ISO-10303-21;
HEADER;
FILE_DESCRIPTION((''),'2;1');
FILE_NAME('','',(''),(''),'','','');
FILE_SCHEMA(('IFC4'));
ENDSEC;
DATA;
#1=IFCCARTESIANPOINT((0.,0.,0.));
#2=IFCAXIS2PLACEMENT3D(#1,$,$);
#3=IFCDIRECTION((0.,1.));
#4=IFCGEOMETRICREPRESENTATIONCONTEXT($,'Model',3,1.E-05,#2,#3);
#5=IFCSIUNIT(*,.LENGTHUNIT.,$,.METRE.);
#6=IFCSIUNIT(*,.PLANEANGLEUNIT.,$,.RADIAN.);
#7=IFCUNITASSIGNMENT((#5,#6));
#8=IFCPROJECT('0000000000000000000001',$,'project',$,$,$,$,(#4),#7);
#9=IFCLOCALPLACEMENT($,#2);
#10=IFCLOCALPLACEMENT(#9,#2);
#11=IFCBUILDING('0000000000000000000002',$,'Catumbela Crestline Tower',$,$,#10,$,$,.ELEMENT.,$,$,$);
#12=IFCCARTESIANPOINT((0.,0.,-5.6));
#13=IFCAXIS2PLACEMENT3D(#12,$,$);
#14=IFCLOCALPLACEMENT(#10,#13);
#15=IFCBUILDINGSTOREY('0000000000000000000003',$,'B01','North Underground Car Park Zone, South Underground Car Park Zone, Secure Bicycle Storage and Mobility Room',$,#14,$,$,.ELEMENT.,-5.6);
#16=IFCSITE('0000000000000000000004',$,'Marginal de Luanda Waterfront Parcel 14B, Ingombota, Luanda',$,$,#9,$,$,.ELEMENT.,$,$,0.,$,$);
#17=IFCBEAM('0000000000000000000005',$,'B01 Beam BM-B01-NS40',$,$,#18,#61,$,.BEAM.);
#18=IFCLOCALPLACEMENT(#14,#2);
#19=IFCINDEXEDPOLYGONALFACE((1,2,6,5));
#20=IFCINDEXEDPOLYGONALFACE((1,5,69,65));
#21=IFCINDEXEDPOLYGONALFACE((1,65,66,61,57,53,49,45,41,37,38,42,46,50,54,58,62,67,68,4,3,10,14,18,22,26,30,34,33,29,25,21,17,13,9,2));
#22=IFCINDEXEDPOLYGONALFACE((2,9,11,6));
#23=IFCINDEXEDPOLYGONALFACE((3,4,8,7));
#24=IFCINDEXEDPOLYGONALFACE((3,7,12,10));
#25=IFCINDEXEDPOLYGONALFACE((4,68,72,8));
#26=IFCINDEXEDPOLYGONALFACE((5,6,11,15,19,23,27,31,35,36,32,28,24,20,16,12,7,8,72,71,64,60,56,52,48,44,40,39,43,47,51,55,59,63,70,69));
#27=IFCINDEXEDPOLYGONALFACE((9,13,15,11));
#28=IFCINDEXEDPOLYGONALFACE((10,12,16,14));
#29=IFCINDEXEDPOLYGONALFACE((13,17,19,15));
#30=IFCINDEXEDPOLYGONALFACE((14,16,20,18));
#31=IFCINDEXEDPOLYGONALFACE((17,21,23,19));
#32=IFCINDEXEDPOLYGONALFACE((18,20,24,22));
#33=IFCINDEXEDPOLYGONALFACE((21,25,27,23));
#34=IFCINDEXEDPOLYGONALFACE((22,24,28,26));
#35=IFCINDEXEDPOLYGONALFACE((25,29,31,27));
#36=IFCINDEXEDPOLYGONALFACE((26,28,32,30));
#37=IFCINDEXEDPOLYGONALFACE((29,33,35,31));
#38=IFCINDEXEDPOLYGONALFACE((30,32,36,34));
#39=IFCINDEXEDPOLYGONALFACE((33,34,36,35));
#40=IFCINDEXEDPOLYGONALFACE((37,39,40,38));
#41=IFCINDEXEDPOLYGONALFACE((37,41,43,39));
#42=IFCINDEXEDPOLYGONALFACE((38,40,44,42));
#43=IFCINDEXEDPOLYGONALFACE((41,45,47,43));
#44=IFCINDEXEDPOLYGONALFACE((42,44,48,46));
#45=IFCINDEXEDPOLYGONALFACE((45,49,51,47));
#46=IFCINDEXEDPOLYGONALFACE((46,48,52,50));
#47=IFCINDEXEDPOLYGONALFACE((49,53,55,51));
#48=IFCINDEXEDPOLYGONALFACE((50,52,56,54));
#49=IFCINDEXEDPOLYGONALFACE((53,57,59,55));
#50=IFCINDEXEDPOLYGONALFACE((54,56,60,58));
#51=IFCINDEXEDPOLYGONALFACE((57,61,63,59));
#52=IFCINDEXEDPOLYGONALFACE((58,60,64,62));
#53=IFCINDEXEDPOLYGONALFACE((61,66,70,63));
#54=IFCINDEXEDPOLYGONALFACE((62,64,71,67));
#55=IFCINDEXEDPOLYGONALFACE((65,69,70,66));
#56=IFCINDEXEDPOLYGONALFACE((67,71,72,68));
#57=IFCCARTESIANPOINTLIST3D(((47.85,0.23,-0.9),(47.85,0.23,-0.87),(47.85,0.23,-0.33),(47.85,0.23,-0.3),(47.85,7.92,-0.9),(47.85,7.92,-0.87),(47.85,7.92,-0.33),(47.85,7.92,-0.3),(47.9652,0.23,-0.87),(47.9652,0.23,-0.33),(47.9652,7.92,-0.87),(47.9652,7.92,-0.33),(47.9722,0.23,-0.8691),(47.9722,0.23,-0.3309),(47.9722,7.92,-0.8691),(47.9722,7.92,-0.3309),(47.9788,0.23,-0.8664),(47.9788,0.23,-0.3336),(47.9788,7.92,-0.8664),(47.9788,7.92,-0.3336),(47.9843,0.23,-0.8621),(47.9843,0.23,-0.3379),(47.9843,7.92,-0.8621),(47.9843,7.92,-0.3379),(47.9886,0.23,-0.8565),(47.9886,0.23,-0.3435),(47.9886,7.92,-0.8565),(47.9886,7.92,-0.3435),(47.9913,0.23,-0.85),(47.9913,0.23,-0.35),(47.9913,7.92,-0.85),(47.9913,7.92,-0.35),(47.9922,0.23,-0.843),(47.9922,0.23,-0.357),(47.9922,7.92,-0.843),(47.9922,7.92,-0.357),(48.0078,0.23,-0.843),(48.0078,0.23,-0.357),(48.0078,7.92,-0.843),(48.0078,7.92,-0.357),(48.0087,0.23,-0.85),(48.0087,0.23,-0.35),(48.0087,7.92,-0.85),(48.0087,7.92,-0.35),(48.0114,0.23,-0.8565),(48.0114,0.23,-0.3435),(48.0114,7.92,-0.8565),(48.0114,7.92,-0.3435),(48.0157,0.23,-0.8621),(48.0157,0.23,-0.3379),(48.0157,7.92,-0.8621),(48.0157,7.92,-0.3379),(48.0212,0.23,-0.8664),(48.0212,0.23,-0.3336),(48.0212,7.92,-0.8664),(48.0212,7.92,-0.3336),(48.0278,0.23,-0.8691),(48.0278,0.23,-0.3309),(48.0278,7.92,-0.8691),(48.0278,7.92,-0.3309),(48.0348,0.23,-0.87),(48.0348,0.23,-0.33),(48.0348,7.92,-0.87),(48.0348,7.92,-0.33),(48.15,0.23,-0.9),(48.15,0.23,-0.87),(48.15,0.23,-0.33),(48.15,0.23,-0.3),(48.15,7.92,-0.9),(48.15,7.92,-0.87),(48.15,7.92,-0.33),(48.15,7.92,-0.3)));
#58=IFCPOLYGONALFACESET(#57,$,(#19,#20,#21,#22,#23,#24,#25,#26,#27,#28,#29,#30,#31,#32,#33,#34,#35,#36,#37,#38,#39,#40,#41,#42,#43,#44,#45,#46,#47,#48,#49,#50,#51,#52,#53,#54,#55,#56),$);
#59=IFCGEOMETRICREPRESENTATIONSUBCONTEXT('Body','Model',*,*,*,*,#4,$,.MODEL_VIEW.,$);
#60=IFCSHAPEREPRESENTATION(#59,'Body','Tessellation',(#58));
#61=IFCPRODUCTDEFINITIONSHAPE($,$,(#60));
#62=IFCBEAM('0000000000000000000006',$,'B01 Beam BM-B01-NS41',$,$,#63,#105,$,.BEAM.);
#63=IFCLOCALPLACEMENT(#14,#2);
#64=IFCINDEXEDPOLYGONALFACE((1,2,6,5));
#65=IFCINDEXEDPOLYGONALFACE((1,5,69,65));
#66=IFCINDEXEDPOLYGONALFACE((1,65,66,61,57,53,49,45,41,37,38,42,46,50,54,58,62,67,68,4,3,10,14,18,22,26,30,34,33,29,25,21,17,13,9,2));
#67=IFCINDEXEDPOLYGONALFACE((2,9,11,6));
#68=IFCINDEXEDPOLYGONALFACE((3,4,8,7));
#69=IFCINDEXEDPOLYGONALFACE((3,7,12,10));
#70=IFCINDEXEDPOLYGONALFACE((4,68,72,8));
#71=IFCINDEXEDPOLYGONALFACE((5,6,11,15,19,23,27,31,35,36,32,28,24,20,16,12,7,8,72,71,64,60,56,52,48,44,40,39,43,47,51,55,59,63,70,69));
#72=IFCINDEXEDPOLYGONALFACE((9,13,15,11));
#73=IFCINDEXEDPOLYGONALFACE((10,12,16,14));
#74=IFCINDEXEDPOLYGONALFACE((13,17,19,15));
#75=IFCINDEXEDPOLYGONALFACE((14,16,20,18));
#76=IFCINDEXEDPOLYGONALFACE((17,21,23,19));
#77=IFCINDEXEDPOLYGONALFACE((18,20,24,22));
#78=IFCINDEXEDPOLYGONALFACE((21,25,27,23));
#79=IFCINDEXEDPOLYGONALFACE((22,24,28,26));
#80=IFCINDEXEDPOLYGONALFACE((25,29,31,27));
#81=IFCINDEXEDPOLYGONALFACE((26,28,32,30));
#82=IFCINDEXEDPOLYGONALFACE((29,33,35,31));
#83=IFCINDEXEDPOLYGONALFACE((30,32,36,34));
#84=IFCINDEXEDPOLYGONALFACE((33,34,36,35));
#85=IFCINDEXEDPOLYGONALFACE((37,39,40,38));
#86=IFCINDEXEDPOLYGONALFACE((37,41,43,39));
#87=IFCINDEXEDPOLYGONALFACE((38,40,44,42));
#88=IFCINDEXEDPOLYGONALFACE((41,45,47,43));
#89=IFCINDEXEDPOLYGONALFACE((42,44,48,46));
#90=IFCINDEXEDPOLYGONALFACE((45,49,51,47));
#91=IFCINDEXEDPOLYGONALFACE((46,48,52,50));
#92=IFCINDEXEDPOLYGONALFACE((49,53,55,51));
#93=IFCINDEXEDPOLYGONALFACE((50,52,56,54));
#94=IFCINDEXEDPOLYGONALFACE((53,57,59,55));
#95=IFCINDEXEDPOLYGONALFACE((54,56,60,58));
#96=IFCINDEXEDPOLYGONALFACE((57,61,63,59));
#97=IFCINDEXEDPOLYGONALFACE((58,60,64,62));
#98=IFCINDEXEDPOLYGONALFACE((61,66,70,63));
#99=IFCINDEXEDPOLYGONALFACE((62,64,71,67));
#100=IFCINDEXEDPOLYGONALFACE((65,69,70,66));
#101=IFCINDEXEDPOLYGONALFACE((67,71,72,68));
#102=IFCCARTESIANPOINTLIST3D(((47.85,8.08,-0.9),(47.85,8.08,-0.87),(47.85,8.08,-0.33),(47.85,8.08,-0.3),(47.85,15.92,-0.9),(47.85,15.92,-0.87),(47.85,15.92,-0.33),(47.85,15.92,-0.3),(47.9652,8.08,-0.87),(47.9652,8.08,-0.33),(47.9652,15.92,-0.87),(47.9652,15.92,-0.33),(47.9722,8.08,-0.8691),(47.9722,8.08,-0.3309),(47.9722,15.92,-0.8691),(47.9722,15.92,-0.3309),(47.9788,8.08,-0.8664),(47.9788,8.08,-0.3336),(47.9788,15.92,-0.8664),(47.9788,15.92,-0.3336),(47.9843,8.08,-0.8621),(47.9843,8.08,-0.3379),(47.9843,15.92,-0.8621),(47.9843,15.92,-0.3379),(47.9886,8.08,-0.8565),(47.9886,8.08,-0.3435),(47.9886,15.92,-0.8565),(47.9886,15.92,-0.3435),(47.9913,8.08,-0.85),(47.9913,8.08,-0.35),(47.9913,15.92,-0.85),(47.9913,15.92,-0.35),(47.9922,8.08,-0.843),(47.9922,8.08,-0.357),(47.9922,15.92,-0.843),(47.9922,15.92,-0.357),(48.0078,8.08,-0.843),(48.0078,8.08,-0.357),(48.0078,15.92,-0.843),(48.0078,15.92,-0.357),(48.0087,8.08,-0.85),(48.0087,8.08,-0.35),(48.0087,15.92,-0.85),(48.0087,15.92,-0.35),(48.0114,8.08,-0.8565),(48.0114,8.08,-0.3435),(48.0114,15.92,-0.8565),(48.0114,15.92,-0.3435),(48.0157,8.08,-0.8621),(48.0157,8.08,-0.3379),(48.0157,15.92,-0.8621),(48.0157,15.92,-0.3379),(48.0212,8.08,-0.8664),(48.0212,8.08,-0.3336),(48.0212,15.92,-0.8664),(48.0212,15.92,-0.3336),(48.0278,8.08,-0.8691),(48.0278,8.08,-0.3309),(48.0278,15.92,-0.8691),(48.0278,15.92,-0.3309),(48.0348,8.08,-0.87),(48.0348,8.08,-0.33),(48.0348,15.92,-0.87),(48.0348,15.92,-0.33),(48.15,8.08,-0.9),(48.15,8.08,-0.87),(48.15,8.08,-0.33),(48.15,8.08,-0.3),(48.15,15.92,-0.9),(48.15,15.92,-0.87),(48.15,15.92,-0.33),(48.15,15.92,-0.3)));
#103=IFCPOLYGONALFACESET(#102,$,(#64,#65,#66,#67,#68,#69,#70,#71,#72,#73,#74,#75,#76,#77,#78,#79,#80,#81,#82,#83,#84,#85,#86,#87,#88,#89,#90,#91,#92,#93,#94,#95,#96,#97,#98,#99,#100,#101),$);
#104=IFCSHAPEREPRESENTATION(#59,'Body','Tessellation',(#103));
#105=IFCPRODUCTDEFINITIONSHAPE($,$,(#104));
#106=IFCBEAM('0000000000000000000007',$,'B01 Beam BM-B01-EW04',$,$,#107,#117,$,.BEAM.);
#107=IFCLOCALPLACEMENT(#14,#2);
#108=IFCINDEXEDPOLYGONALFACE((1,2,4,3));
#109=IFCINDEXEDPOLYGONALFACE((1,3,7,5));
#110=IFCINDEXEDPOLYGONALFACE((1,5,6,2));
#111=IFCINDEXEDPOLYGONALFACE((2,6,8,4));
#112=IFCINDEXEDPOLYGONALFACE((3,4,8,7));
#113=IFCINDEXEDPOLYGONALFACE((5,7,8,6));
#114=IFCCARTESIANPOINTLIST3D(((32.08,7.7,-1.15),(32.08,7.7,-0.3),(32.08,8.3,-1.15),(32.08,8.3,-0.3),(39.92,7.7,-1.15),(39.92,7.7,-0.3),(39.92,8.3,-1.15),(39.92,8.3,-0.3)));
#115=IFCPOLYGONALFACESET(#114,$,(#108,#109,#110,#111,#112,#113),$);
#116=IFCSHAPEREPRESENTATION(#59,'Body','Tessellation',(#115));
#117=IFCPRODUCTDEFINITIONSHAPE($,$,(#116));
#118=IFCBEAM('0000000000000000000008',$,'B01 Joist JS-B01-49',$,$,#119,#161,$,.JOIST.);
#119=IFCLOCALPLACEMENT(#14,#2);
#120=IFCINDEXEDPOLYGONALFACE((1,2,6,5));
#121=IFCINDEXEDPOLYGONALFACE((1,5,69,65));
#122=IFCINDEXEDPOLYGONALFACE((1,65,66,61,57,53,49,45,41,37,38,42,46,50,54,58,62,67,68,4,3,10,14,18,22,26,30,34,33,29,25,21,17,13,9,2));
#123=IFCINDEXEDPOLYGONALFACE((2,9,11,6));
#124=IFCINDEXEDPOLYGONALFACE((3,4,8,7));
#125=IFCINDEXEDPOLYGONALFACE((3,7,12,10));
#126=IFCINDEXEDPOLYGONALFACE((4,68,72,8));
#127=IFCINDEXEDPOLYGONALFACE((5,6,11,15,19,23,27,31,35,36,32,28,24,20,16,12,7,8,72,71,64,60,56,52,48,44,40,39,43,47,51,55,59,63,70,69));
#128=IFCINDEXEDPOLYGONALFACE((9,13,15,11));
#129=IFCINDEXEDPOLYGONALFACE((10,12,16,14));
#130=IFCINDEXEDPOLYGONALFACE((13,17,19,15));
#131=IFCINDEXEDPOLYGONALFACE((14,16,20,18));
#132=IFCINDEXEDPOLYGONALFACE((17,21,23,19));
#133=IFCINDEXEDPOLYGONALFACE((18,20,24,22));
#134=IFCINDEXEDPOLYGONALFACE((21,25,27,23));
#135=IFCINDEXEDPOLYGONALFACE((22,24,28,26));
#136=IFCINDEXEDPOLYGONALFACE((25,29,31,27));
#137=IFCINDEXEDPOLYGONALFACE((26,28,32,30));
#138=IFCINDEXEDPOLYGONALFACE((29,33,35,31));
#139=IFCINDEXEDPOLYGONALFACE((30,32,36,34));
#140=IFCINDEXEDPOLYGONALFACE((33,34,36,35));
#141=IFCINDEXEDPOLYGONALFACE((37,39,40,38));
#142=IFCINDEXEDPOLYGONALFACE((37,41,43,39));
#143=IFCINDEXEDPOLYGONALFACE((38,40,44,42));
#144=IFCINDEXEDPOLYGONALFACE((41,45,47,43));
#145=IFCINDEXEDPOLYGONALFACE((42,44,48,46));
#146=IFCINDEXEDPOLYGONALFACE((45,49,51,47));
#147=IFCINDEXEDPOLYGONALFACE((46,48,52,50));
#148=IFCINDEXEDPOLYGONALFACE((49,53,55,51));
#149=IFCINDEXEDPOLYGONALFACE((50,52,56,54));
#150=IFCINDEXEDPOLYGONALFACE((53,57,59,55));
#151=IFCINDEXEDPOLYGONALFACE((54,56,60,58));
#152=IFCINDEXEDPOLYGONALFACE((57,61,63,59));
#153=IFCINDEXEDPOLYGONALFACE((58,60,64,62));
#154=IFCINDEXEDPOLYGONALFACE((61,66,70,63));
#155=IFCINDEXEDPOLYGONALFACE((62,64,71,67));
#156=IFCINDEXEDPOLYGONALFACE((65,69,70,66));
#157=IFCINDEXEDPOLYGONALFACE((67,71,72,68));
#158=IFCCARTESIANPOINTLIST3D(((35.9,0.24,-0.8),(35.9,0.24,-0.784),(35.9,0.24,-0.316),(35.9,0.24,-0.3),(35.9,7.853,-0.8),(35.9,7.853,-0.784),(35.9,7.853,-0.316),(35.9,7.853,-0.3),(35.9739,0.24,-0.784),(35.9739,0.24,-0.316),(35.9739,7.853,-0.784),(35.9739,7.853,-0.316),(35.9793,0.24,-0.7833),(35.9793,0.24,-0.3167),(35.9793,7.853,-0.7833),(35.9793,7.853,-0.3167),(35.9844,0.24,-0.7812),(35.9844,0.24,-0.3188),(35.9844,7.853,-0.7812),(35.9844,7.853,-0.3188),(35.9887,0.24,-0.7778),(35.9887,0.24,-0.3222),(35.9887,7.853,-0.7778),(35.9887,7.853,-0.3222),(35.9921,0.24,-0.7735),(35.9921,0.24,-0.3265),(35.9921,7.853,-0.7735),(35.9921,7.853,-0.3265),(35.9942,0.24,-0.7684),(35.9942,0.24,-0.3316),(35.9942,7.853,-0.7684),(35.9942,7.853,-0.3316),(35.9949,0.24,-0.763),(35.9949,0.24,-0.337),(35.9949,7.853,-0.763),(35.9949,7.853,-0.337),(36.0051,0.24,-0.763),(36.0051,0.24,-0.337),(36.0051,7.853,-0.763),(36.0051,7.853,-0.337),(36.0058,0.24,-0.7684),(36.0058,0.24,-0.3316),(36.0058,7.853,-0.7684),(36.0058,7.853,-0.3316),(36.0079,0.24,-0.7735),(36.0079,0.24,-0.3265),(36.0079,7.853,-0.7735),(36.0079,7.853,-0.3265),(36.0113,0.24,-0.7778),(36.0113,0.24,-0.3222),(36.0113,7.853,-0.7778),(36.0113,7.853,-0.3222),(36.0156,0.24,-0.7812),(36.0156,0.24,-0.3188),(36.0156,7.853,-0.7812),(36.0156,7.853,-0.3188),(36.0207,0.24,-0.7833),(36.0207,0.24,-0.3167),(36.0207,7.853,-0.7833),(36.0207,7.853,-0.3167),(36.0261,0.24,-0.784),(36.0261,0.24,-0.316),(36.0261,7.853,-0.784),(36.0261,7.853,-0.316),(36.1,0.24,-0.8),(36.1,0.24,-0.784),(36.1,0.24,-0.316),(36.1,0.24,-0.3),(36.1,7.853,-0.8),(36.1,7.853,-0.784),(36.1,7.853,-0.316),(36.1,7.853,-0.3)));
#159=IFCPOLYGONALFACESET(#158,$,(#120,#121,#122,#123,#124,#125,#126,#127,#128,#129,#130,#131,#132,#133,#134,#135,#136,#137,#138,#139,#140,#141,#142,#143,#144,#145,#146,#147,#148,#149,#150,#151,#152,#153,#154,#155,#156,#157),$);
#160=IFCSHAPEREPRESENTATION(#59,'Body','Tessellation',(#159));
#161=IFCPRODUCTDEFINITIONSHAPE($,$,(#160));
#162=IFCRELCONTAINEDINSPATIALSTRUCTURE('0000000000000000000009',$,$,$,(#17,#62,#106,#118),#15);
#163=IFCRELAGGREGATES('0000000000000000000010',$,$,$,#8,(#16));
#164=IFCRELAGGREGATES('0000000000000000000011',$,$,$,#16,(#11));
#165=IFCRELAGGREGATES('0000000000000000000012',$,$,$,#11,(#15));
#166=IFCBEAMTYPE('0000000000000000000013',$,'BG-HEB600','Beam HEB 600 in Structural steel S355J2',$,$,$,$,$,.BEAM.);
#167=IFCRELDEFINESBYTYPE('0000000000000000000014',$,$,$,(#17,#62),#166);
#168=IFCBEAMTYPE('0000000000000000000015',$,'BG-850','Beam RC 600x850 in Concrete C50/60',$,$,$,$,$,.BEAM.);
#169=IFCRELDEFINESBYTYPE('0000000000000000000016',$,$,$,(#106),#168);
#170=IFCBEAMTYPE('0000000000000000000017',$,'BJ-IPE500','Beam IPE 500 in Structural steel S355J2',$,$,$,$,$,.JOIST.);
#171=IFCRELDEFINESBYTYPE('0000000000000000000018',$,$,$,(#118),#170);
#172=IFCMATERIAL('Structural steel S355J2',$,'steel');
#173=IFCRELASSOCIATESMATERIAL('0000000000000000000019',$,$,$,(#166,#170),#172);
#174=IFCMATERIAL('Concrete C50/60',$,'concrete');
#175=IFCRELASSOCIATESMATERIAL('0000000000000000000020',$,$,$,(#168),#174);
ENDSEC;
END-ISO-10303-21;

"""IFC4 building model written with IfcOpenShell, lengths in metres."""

from ifc_helpers import new_model, si_unit, direction, frame, origin, origin_2d, place, context, subcontext, project, spatial, rectangle, i_section, extrude, material, material_profile, profile_set, type_object, element, save


model = new_model("IFC4")

# Units and contexts
model_context = context("Model", 3, precision=1e-05, world=origin(), true_north=direction((0.0, 1.0)))
body_context = subcontext(model_context, "Body", "Model", "MODEL_VIEW")
ifc_project = project(units=[si_unit("LENGTHUNIT", "METRE"), si_unit("PLANEANGLEUNIT", "RADIAN")], contexts=[model_context])

# Site, building, storey
site_placement = place(None, origin())
site = spatial("IfcSite", under=ifc_project, at=site_placement, Name="Marginal de Luanda Waterfront Parcel 14B, Ingombota, Luanda", CompositionType="ELEMENT", RefElevation=0.0)
building_placement = place(site_placement, origin())
building = spatial("IfcBuilding", under=site, at=building_placement, Name="Catumbela Crestline Tower", CompositionType="ELEMENT")
storey_placement = place(building_placement, frame((0.0, 0.0, -5.6)))
storey = spatial("IfcBuildingStorey", under=building, at=storey_placement, Name="B01", Description="North Underground Car Park Zone, South Underground Car Park Zone, Secure Bicycle Storage and Mobility Room", CompositionType="ELEMENT", Elevation=-5.6)

# Beams
ifc_material_1 = material(Name="Structural steel S355J2", Category="steel")
ifc_material_profile_1 = material_profile(ifc_material_1, i_section(OverallWidth=0.3, OverallDepth=0.6, WebThickness=0.0155, FlangeThickness=0.03, FilletRadius=0.027, at=origin_2d()), Name="HEB 600")
ifc_profile_set_1 = profile_set([ifc_material_profile_1], Name="Structural steel S355J2")
beam_type_1 = type_object("IfcBeamType", Name="BG-HEB600", Description="Beam HEB 600 in Structural steel S355J2", PredefinedType="BEAM", material=ifc_profile_set_1)
beam_1_placement = place(storey_placement, frame((48.0, 0.23, -0.6), z_axis=(0.0, 1.0, 0.0), x_axis=(-1.0, 0.0, 0.0)))
element("IfcBeam", 1, at=beam_1_placement, inside=storey, type_object=beam_type_1, Name="B01 Beam BM-B01-NS40", PredefinedType="BEAM", context=body_context, shape_type="SweptSolid", body=[
    extrude(i_section(OverallWidth=0.3, OverallDepth=0.6, WebThickness=0.0155, FlangeThickness=0.03, FilletRadius=0.027, at=origin_2d()), origin(), (0.0, 0.0, 1.0), 7.69),
])
beam_2_placement = place(storey_placement, frame((48.0, 8.08, -0.6), z_axis=(0.0, 1.0, 0.0), x_axis=(-1.0, 0.0, 0.0)))
element("IfcBeam", 2, at=beam_2_placement, inside=storey, type_object=beam_type_1, Name="B01 Beam BM-B01-NS41", PredefinedType="BEAM", context=body_context, shape_type="SweptSolid", body=[
    extrude(i_section(OverallWidth=0.3, OverallDepth=0.6, WebThickness=0.0155, FlangeThickness=0.03, FilletRadius=0.027, at=origin_2d()), origin(), (0.0, 0.0, 1.0), 7.84),
])
ifc_material_2 = material(Name="Concrete C50/60", Category="concrete")
ifc_material_profile_2 = material_profile(ifc_material_2, rectangle(XDim=0.6, YDim=0.85, at=origin_2d()), Name="RC 600x850")
ifc_profile_set_2 = profile_set([ifc_material_profile_2], Name="Concrete C50/60")
beam_type_2 = type_object("IfcBeamType", Name="BG-850", Description="Beam RC 600x850 in Concrete C50/60", PredefinedType="BEAM", material=ifc_profile_set_2)
beam_3_placement = place(storey_placement, frame((32.08, 8.0, -0.725), z_axis=(1.0, 0.0, 0.0), x_axis=(0.0, 1.0, 0.0)))
element("IfcBeam", 3, at=beam_3_placement, inside=storey, type_object=beam_type_2, Name="B01 Beam BM-B01-EW04", PredefinedType="BEAM", context=body_context, shape_type="SweptSolid", body=[
    extrude(rectangle(XDim=0.6, YDim=0.85, at=origin_2d()), origin(), (0.0, 0.0, 1.0), 7.84),
])
ifc_material_profile_3 = material_profile(ifc_material_1, i_section(OverallWidth=0.2, OverallDepth=0.5, WebThickness=0.0102, FlangeThickness=0.016, FilletRadius=0.021, at=origin_2d()), Name="IPE 500")
ifc_profile_set_3 = profile_set([ifc_material_profile_3], Name="Structural steel S355J2")
beam_type_3 = type_object("IfcBeamType", Name="BJ-IPE500", Description="Beam IPE 500 in Structural steel S355J2", PredefinedType="JOIST", material=ifc_profile_set_3)
beam_4_placement = place(storey_placement, frame((36.0, 0.24, -0.55), z_axis=(0.0, 1.0, 0.0), x_axis=(-1.0, 0.0, 0.0)))
element("IfcBeam", 4, at=beam_4_placement, inside=storey, type_object=beam_type_3, Name="B01 Joist JS-B01-49", PredefinedType="JOIST", context=body_context, shape_type="SweptSolid", body=[
    extrude(i_section(OverallWidth=0.2, OverallDepth=0.5, WebThickness=0.0102, FlangeThickness=0.016, FilletRadius=0.021, at=origin_2d()), origin(), (0.0, 0.0, 1.0), 7.613),
])

save(model, "model.ifc")
